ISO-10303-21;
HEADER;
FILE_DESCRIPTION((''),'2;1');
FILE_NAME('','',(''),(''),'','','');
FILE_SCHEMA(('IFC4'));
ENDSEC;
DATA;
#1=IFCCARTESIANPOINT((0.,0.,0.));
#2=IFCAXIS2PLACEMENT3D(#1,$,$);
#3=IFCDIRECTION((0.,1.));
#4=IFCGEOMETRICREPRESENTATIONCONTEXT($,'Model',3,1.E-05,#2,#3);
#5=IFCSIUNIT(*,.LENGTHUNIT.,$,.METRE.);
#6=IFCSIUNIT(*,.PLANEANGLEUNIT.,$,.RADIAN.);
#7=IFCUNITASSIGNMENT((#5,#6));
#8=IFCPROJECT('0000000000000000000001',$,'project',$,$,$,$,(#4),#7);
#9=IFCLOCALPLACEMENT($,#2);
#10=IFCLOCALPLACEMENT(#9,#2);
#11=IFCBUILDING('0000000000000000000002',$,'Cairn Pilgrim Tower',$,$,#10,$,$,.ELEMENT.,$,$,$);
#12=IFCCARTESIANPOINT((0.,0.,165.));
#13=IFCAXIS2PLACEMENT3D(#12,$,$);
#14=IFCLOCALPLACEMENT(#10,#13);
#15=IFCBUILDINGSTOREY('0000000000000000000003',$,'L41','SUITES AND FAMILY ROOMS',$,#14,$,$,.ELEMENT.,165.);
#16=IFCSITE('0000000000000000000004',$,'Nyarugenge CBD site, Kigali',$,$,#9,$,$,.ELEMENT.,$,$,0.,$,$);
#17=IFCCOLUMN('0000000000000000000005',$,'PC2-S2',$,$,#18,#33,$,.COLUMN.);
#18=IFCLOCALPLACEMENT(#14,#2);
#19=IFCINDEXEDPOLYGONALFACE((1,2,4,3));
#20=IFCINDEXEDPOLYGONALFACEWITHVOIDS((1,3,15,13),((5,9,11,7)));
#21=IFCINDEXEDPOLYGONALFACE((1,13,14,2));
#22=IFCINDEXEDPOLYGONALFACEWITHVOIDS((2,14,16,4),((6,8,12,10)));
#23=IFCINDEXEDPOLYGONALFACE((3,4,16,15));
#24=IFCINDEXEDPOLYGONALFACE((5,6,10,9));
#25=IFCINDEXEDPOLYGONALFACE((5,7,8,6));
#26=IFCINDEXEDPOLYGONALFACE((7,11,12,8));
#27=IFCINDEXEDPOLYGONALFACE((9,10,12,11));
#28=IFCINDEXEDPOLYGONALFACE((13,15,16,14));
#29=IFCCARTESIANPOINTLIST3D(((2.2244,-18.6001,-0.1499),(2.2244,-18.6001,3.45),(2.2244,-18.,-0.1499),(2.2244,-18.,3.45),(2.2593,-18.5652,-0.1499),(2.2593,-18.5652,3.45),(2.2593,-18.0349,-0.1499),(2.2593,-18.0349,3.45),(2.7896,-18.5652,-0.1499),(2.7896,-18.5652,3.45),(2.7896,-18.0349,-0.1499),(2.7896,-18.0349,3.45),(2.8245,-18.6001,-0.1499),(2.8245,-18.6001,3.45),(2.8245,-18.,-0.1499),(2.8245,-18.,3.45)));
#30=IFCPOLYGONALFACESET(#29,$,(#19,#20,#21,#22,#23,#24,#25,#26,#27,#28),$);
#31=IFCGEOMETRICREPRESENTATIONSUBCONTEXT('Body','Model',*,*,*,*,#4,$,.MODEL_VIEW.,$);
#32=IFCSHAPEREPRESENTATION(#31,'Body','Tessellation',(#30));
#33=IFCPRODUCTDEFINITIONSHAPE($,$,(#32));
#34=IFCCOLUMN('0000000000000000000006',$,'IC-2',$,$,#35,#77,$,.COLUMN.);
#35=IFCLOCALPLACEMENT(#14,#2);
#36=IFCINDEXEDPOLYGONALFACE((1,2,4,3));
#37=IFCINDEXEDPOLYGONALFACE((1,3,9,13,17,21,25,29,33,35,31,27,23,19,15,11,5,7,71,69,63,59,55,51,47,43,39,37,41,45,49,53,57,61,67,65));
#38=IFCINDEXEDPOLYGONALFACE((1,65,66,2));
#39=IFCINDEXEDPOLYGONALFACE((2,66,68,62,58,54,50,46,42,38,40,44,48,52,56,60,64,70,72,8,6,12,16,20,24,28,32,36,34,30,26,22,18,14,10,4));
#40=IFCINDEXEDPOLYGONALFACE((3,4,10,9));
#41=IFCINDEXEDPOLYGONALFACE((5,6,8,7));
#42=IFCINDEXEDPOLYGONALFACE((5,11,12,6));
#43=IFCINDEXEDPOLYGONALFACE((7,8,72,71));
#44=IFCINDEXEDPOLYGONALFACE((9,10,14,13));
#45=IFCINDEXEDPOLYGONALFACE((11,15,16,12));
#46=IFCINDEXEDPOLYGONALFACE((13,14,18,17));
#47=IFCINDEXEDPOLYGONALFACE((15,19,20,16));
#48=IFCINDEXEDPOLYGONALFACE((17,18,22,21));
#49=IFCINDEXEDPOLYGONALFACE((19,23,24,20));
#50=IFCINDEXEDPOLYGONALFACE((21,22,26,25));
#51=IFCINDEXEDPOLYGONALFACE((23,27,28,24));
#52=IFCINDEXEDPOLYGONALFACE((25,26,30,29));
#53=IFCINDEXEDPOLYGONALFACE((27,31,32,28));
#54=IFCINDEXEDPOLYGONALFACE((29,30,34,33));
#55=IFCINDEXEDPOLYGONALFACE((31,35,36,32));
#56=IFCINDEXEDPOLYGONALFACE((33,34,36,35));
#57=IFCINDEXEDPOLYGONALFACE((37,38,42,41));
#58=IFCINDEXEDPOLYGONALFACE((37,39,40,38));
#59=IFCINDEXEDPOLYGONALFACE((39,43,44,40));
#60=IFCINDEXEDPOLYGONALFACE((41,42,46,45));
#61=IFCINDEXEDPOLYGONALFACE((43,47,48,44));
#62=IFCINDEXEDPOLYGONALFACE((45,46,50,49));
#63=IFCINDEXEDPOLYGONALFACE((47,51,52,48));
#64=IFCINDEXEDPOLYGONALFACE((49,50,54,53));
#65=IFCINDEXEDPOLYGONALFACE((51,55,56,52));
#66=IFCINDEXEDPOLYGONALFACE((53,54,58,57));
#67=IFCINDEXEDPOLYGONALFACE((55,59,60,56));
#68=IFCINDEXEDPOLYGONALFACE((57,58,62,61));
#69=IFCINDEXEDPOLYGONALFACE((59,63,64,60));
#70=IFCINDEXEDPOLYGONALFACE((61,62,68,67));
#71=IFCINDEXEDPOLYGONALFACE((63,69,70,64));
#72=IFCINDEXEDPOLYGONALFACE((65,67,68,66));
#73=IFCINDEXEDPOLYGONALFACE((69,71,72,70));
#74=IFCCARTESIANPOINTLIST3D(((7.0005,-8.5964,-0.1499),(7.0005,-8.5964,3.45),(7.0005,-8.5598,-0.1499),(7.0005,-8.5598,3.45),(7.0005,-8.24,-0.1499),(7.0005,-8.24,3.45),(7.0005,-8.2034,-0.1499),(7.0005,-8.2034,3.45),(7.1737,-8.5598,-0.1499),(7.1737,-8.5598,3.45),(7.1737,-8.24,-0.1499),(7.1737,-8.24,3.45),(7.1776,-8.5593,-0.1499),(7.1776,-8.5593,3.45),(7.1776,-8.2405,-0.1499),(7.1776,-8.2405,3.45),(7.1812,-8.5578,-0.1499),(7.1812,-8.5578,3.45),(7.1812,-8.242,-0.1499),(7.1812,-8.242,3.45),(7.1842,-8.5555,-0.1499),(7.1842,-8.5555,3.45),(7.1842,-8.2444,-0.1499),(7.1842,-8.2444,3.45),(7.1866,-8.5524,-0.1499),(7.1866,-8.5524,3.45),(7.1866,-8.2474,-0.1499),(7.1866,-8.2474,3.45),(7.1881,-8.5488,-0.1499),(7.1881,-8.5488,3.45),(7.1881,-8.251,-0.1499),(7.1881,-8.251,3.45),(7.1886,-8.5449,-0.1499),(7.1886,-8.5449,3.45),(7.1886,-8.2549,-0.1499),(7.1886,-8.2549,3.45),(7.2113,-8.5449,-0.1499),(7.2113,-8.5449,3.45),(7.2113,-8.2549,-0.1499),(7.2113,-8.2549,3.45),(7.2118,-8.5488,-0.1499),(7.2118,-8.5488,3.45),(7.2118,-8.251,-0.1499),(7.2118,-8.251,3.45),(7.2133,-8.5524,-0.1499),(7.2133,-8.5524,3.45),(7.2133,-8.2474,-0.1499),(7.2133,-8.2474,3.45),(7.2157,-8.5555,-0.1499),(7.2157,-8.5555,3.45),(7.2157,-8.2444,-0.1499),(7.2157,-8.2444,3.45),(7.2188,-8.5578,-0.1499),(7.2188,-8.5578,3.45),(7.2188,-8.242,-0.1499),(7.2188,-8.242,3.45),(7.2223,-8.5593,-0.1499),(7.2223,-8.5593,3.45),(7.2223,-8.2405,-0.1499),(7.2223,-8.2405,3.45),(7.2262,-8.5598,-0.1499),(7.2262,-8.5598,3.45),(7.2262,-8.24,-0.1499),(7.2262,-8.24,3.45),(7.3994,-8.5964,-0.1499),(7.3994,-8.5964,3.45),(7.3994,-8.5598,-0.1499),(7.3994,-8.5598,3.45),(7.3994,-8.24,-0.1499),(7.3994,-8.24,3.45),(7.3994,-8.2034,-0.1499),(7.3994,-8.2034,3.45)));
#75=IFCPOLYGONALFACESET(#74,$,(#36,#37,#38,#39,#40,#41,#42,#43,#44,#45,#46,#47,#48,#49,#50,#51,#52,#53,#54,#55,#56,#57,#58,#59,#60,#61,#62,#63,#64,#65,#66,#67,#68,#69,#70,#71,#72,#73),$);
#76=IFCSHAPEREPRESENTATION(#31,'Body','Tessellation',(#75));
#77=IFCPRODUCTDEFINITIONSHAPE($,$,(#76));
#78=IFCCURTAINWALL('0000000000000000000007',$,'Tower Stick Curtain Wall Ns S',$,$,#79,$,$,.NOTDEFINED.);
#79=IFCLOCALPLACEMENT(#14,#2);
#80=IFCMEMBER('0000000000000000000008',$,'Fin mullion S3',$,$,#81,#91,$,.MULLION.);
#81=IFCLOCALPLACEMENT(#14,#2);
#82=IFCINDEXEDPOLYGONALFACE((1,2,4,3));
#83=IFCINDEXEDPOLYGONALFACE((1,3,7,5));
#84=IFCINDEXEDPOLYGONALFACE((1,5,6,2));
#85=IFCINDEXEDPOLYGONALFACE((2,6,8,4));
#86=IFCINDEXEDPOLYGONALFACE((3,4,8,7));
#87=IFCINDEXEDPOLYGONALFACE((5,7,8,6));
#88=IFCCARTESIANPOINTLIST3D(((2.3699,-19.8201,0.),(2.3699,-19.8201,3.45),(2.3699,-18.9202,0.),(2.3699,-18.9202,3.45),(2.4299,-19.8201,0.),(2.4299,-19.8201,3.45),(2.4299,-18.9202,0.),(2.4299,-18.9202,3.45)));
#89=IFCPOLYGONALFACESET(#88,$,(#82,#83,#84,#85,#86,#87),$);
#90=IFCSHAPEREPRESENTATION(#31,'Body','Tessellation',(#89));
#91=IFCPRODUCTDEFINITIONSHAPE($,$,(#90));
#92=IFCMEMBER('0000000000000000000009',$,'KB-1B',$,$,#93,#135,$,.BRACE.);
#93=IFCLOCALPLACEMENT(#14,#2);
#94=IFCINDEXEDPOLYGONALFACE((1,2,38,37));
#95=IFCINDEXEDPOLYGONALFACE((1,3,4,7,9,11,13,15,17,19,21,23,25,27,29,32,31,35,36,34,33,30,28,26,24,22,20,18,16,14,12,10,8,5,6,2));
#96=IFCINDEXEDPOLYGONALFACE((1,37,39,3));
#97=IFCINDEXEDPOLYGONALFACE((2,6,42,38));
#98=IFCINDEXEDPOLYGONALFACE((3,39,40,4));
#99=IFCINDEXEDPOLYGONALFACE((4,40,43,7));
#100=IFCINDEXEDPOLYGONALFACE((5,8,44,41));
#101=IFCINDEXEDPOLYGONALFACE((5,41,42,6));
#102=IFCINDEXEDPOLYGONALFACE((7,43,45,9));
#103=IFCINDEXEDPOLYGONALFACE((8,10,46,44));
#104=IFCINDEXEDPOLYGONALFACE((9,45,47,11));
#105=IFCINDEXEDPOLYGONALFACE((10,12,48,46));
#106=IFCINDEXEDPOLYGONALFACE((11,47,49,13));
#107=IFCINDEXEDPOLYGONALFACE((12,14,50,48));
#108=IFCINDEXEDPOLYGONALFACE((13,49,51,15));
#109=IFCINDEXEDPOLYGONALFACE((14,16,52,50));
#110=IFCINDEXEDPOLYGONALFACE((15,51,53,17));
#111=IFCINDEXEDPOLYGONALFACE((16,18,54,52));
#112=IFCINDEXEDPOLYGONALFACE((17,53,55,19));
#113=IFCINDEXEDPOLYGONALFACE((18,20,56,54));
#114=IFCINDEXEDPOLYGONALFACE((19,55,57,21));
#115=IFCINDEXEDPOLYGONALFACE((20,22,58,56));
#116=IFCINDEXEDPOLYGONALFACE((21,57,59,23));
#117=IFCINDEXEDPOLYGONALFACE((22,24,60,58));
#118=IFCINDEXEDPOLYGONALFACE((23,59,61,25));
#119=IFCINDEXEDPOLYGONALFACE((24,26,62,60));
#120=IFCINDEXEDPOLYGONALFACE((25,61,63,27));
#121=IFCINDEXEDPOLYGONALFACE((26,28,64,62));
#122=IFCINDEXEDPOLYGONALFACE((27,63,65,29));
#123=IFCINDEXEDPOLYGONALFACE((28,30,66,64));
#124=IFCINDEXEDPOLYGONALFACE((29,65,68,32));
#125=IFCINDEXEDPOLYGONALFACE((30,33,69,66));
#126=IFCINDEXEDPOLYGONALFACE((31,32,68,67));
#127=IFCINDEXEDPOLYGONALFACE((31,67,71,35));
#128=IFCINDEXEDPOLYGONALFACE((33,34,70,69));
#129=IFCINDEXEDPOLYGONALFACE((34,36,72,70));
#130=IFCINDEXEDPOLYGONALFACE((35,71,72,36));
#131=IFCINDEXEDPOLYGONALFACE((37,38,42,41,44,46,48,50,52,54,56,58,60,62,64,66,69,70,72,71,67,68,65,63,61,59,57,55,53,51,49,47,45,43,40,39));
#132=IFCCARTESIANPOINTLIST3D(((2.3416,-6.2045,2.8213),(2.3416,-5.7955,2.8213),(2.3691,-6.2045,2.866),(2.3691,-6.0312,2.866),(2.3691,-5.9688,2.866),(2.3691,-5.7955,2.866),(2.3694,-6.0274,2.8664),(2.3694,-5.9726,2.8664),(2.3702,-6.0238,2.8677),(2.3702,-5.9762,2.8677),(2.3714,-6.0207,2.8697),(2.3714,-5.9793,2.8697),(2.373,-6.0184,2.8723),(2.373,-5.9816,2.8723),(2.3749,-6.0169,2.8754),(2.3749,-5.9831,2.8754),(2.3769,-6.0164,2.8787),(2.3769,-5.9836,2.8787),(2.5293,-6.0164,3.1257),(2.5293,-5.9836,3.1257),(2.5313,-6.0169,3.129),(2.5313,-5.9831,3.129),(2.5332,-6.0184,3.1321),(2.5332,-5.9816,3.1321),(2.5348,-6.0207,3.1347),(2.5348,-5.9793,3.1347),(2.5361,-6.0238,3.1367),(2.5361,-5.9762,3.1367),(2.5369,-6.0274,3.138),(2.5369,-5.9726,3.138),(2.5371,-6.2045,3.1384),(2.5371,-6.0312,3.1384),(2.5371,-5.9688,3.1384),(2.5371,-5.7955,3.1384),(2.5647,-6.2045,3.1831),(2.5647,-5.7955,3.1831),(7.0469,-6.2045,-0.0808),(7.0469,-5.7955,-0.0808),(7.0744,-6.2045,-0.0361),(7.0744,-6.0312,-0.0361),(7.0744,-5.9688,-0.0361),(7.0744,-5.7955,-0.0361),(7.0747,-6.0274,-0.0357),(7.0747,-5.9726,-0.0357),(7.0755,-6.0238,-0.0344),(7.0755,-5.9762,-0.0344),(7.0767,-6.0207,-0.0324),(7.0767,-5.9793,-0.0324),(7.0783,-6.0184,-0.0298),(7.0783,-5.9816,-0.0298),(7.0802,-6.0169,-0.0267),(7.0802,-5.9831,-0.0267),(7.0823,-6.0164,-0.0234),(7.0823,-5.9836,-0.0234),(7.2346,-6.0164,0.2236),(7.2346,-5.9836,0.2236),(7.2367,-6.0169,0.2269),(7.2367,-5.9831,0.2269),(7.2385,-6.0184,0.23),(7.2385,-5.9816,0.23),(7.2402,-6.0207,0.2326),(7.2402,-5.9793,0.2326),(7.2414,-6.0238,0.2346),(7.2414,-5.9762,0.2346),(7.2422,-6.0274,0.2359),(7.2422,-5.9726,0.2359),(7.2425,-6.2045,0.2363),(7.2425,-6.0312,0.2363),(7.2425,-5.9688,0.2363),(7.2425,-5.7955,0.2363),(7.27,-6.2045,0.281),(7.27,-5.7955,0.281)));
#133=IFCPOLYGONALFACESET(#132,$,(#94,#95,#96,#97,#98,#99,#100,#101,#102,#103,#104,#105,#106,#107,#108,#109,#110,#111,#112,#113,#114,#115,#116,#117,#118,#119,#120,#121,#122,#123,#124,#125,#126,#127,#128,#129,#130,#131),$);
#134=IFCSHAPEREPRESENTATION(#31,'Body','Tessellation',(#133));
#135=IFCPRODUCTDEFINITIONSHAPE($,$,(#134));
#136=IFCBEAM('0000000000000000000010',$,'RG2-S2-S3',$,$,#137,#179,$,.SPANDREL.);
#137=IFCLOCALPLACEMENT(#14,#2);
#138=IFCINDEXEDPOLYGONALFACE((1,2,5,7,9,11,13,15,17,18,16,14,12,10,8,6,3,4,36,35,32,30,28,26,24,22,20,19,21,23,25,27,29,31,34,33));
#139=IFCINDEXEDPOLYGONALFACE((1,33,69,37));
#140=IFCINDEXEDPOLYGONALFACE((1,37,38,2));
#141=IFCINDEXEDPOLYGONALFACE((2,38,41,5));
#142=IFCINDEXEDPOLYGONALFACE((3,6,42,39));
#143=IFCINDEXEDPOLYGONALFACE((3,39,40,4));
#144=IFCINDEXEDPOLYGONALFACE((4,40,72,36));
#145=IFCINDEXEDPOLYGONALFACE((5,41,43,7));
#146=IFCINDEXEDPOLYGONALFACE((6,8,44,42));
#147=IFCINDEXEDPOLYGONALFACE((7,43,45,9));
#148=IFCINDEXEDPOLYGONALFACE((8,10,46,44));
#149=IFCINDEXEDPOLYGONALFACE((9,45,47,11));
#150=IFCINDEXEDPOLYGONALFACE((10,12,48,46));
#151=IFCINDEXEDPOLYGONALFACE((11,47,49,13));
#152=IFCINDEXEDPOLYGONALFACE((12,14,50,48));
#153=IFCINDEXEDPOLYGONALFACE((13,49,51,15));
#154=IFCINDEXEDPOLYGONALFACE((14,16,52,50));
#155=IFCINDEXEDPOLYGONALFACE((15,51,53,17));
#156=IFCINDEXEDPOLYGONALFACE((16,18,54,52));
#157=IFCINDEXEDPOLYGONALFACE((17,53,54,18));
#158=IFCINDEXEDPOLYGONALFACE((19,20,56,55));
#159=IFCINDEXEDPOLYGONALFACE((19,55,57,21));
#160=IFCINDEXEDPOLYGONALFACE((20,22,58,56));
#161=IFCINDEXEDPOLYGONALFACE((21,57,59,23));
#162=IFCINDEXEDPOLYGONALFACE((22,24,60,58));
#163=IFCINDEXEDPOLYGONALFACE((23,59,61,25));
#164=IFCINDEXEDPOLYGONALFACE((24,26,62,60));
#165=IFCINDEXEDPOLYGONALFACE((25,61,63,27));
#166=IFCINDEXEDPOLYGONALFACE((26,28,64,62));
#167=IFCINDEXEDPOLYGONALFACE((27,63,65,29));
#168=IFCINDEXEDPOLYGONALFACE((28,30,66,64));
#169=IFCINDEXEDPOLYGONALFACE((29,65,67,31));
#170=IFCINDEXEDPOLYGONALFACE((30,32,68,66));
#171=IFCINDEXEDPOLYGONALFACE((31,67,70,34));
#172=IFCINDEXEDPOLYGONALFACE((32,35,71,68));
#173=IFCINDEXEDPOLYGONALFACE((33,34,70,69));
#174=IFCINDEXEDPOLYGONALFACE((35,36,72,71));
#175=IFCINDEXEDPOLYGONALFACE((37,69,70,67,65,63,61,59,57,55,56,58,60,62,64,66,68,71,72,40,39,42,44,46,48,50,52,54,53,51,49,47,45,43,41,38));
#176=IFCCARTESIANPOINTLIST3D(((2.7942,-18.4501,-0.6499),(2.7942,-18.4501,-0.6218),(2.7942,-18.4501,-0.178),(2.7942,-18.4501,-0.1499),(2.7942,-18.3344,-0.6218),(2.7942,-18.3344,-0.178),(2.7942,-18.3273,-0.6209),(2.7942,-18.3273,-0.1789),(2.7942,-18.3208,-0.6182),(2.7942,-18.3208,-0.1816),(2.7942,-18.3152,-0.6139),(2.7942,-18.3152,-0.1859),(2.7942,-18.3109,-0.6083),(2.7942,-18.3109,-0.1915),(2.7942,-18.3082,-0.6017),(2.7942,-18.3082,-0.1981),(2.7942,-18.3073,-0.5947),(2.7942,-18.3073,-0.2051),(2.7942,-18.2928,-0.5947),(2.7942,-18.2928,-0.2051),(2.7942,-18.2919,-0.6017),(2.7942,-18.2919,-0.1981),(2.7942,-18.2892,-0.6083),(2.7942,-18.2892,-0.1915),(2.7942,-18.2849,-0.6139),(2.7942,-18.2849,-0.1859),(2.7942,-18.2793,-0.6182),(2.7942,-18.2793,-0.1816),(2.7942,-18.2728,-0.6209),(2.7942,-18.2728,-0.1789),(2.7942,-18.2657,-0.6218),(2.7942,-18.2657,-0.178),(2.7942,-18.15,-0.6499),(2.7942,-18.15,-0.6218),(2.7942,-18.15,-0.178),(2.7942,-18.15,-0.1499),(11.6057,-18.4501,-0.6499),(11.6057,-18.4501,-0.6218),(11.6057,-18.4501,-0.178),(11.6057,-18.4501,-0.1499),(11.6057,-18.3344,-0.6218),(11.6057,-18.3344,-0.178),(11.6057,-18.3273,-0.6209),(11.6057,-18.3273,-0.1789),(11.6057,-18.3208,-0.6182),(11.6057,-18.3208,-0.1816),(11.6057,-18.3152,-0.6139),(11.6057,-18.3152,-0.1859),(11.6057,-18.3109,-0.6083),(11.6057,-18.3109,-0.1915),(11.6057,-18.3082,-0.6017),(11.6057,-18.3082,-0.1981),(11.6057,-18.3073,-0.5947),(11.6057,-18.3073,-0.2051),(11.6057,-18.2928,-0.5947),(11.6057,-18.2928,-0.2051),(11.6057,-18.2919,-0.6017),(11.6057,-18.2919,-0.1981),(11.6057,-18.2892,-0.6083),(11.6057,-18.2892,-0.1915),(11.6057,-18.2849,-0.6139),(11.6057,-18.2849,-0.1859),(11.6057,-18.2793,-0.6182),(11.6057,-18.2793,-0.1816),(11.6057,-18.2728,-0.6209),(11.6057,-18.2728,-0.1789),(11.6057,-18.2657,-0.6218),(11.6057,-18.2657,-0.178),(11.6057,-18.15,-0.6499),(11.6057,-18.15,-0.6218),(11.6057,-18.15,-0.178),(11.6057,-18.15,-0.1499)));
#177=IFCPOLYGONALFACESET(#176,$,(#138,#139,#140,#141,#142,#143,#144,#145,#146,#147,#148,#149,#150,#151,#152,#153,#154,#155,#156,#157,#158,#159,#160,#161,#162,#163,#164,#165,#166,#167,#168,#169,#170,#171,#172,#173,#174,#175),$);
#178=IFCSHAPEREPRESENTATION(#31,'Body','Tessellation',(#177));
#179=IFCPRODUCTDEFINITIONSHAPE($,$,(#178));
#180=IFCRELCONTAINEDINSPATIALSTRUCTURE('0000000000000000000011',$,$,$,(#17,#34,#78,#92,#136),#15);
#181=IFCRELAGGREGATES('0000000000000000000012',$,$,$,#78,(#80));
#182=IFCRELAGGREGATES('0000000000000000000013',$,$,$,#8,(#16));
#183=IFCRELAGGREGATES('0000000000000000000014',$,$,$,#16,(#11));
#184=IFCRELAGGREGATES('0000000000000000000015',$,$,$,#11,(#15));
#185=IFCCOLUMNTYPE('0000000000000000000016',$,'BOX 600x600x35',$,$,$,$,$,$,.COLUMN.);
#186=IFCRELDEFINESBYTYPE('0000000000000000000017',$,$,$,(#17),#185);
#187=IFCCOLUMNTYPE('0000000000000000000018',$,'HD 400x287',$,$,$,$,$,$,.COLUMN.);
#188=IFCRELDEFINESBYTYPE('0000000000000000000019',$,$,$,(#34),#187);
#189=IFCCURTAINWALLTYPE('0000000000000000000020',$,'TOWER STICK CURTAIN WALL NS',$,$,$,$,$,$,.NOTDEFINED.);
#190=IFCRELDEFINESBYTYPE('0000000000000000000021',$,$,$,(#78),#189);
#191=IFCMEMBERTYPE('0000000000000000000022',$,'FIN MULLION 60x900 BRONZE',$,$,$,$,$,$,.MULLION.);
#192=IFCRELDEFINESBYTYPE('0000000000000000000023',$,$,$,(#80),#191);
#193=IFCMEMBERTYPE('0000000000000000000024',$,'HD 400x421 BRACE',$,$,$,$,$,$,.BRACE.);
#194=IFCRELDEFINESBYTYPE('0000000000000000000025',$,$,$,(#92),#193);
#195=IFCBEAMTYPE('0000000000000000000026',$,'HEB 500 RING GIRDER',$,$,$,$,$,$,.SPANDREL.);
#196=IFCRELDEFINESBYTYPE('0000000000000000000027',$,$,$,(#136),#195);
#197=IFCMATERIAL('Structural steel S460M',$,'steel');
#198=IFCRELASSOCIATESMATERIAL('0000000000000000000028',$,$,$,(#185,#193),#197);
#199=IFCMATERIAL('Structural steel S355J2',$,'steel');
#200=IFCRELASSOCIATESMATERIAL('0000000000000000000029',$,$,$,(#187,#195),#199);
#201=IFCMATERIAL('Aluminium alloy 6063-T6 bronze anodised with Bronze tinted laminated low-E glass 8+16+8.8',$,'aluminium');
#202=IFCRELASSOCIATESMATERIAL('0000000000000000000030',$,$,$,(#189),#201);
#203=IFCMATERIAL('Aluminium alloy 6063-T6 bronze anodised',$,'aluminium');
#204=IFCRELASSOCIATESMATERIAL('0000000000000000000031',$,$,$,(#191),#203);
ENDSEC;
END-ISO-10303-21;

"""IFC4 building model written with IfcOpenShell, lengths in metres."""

from ifc_helpers import new_model, si_unit, direction, frame, origin, origin_2d, place, context, subcontext, project, spatial, rectangle, hollow_rectangle, i_section, extrude, material, material_profile, profile_set, type_object, element, aggregate, save


model = new_model("IFC4")

# Units and contexts
model_context = context("Model", 3, precision=1e-05, world=origin(), true_north=direction((0.0, 1.0)))
body_context = subcontext(model_context, "Body", "Model", "MODEL_VIEW")
ifc_project = project(units=[si_unit("LENGTHUNIT", "METRE"), si_unit("PLANEANGLEUNIT", "RADIAN")], contexts=[model_context])

# Site, building, storey
site_placement = place(None, origin())
site = spatial("IfcSite", under=ifc_project, at=site_placement, Name="Nyarugenge CBD site, Kigali", CompositionType="ELEMENT", RefElevation=0.0)
building_placement = place(site_placement, origin())
building = spatial("IfcBuilding", under=site, at=building_placement, Name="Cairn Pilgrim Tower", CompositionType="ELEMENT")
storey_placement = place(building_placement, frame((0.0, 0.0, 165.0)))
storey = spatial("IfcBuildingStorey", under=building, at=storey_placement, Name="L41", Description="SUITES AND FAMILY ROOMS", CompositionType="ELEMENT", Elevation=165.0)

# Columns
ifc_material_1 = material(Name="Structural steel S460M", Category="steel")
ifc_material_profile_1 = material_profile(ifc_material_1, hollow_rectangle(XDim=0.6001, YDim=0.6001, WallThickness=0.0349, at=origin_2d()), Name="BOX 600x600x35")
ifc_profile_set_1 = profile_set([ifc_material_profile_1], Name="Structural steel S460M")
column_type_1 = type_object("IfcColumnType", Name="BOX 600x600x35", PredefinedType="COLUMN", material=ifc_profile_set_1)
column_1_placement = place(storey_placement, frame((2.5244, -18.3, -0.1499), z_axis=(0.0, 0.0, 1.0), x_axis=(1.0, 0.0, 0.0)))
element("IfcColumn", 1, at=column_1_placement, inside=storey, type_object=column_type_1, Name="PC2-S2", PredefinedType="COLUMN", context=body_context, shape_type="SweptSolid", body=[
    extrude(hollow_rectangle(XDim=0.6001, YDim=0.6001, WallThickness=0.0349, at=origin_2d()), origin(), (0.0, 0.0, 1.0), 3.5999),
])
ifc_material_2 = material(Name="Structural steel S355J2", Category="steel")
ifc_material_profile_2 = material_profile(ifc_material_2, i_section(OverallWidth=0.3989, OverallDepth=0.3931, WebThickness=0.0227, FlangeThickness=0.0366, FilletRadius=0.0149, at=origin_2d()), Name="HD 400x287")
ifc_profile_set_2 = profile_set([ifc_material_profile_2], Name="Structural steel S355J2")
column_type_2 = type_object("IfcColumnType", Name="HD 400x287", PredefinedType="COLUMN", material=ifc_profile_set_2)
column_2_placement = place(storey_placement, frame((7.2, -8.3999, -0.1499), z_axis=(0.0, 0.0, 1.0), x_axis=(1.0, 0.0, 0.0)))
element("IfcColumn", 2, at=column_2_placement, inside=storey, type_object=column_type_2, Name="IC-2", PredefinedType="COLUMN", context=body_context, shape_type="SweptSolid", body=[
    extrude(i_section(OverallWidth=0.3989, OverallDepth=0.3931, WebThickness=0.0227, FlangeThickness=0.0366, FilletRadius=0.0149, at=origin_2d()), origin(), (0.0, 0.0, 1.0), 3.5999),
])

# Curtain wall, member
ifc_material_3 = material(Name="Aluminium alloy 6063-T6 bronze anodised with Bronze tinted laminated low-E glass 8+16+8.8", Category="aluminium")
curtain_wall_type = type_object("IfcCurtainWallType", Name="TOWER STICK CURTAIN WALL NS", PredefinedType="NOTDEFINED", material=ifc_material_3)
curtain_wall_placement = place(storey_placement, origin())
curtain_wall = element("IfcCurtainWall", 3, at=curtain_wall_placement, inside=storey, type_object=curtain_wall_type, Name="Tower Stick Curtain Wall Ns S", PredefinedType="NOTDEFINED")
ifc_material_4 = material(Name="Aluminium alloy 6063-T6 bronze anodised", Category="aluminium")
ifc_material_profile_3 = material_profile(ifc_material_4, rectangle(XDim=0.8999, YDim=0.0601, at=origin_2d()), Name="FIN MULLION 60x900 BRONZE")
ifc_profile_set_3 = profile_set([ifc_material_profile_3], Name="Aluminium alloy 6063-T6 bronze anodised")
member_type_1 = type_object("IfcMemberType", Name="FIN MULLION 60x900 BRONZE", PredefinedType="MULLION", material=ifc_profile_set_3)
member_1_placement = place(storey_placement, frame((2.3999, -19.3701, 0.0), z_axis=(0.0, 0.0, 1.0), x_axis=(0.0, -1.0, 0.0)))
member_1 = element("IfcMember", 4, at=member_1_placement, type_object=member_type_1, Name="Fin mullion S3", PredefinedType="MULLION", context=body_context, shape_type="SweptSolid", body=[
    extrude(rectangle(XDim=0.8999, YDim=0.0601, at=origin_2d()), origin(), (0.0, 0.0, 1.0), 3.45),
])

# Member
ifc_material_profile_4 = material_profile(ifc_material_1, i_section(OverallWidth=0.4089, OverallDepth=0.425, WebThickness=0.0327, FlangeThickness=0.0525, FilletRadius=0.0149, at=origin_2d()), Name="HD 400x421")
ifc_profile_set_4 = profile_set([ifc_material_profile_4], Name="Structural steel S460M")
member_type_2 = type_object("IfcMemberType", Name="HD 400x421 BRACE", PredefinedType="BRACE", material=ifc_profile_set_4)
member_2_placement = place(storey_placement, frame((7.1584, -6.0, 0.1001), z_axis=(-0.851132, 0.0, 0.524952), x_axis=(0.0, -1.0, 0.0)))
element("IfcMember", 5, at=member_2_placement, inside=storey, type_object=member_type_2, Name="KB-1B", PredefinedType="BRACE", context=body_context, shape_type="SweptSolid", body=[
    extrude(i_section(OverallWidth=0.4089, OverallDepth=0.425, WebThickness=0.0327, FlangeThickness=0.0525, FilletRadius=0.0149, at=origin_2d()), origin(), (0.0, 0.0, 1.0), 5.5283),
])

# Beam
ifc_material_profile_5 = material_profile(ifc_material_2, i_section(OverallWidth=0.3, OverallDepth=0.5, WebThickness=0.0144, FlangeThickness=0.0281, FilletRadius=0.0271, at=origin_2d()), Name="HEB 500")
ifc_profile_set_5 = profile_set([ifc_material_profile_5], Name="Structural steel S355J2")
beam_type_1 = type_object("IfcBeamType", Name="HEB 500 RING GIRDER", PredefinedType="SPANDREL", material=ifc_profile_set_5)
beam_1_placement = place(storey_placement, frame((2.7942, -18.3, -0.3999), z_axis=(1.0, 0.0, 0.0), x_axis=(0.0, 1.0, 0.0)))
element("IfcBeam", 6, at=beam_1_placement, inside=storey, type_object=beam_type_1, Name="RG2-S2-S3", PredefinedType="SPANDREL", context=body_context, shape_type="SweptSolid", body=[
    extrude(i_section(OverallWidth=0.3, OverallDepth=0.5, WebThickness=0.0144, FlangeThickness=0.0281, FilletRadius=0.0271, at=origin_2d()), origin(), (0.0, 0.0, 1.0), 8.8115),
])

aggregate(curtain_wall, [member_1])

save(model, "model.ifc")
